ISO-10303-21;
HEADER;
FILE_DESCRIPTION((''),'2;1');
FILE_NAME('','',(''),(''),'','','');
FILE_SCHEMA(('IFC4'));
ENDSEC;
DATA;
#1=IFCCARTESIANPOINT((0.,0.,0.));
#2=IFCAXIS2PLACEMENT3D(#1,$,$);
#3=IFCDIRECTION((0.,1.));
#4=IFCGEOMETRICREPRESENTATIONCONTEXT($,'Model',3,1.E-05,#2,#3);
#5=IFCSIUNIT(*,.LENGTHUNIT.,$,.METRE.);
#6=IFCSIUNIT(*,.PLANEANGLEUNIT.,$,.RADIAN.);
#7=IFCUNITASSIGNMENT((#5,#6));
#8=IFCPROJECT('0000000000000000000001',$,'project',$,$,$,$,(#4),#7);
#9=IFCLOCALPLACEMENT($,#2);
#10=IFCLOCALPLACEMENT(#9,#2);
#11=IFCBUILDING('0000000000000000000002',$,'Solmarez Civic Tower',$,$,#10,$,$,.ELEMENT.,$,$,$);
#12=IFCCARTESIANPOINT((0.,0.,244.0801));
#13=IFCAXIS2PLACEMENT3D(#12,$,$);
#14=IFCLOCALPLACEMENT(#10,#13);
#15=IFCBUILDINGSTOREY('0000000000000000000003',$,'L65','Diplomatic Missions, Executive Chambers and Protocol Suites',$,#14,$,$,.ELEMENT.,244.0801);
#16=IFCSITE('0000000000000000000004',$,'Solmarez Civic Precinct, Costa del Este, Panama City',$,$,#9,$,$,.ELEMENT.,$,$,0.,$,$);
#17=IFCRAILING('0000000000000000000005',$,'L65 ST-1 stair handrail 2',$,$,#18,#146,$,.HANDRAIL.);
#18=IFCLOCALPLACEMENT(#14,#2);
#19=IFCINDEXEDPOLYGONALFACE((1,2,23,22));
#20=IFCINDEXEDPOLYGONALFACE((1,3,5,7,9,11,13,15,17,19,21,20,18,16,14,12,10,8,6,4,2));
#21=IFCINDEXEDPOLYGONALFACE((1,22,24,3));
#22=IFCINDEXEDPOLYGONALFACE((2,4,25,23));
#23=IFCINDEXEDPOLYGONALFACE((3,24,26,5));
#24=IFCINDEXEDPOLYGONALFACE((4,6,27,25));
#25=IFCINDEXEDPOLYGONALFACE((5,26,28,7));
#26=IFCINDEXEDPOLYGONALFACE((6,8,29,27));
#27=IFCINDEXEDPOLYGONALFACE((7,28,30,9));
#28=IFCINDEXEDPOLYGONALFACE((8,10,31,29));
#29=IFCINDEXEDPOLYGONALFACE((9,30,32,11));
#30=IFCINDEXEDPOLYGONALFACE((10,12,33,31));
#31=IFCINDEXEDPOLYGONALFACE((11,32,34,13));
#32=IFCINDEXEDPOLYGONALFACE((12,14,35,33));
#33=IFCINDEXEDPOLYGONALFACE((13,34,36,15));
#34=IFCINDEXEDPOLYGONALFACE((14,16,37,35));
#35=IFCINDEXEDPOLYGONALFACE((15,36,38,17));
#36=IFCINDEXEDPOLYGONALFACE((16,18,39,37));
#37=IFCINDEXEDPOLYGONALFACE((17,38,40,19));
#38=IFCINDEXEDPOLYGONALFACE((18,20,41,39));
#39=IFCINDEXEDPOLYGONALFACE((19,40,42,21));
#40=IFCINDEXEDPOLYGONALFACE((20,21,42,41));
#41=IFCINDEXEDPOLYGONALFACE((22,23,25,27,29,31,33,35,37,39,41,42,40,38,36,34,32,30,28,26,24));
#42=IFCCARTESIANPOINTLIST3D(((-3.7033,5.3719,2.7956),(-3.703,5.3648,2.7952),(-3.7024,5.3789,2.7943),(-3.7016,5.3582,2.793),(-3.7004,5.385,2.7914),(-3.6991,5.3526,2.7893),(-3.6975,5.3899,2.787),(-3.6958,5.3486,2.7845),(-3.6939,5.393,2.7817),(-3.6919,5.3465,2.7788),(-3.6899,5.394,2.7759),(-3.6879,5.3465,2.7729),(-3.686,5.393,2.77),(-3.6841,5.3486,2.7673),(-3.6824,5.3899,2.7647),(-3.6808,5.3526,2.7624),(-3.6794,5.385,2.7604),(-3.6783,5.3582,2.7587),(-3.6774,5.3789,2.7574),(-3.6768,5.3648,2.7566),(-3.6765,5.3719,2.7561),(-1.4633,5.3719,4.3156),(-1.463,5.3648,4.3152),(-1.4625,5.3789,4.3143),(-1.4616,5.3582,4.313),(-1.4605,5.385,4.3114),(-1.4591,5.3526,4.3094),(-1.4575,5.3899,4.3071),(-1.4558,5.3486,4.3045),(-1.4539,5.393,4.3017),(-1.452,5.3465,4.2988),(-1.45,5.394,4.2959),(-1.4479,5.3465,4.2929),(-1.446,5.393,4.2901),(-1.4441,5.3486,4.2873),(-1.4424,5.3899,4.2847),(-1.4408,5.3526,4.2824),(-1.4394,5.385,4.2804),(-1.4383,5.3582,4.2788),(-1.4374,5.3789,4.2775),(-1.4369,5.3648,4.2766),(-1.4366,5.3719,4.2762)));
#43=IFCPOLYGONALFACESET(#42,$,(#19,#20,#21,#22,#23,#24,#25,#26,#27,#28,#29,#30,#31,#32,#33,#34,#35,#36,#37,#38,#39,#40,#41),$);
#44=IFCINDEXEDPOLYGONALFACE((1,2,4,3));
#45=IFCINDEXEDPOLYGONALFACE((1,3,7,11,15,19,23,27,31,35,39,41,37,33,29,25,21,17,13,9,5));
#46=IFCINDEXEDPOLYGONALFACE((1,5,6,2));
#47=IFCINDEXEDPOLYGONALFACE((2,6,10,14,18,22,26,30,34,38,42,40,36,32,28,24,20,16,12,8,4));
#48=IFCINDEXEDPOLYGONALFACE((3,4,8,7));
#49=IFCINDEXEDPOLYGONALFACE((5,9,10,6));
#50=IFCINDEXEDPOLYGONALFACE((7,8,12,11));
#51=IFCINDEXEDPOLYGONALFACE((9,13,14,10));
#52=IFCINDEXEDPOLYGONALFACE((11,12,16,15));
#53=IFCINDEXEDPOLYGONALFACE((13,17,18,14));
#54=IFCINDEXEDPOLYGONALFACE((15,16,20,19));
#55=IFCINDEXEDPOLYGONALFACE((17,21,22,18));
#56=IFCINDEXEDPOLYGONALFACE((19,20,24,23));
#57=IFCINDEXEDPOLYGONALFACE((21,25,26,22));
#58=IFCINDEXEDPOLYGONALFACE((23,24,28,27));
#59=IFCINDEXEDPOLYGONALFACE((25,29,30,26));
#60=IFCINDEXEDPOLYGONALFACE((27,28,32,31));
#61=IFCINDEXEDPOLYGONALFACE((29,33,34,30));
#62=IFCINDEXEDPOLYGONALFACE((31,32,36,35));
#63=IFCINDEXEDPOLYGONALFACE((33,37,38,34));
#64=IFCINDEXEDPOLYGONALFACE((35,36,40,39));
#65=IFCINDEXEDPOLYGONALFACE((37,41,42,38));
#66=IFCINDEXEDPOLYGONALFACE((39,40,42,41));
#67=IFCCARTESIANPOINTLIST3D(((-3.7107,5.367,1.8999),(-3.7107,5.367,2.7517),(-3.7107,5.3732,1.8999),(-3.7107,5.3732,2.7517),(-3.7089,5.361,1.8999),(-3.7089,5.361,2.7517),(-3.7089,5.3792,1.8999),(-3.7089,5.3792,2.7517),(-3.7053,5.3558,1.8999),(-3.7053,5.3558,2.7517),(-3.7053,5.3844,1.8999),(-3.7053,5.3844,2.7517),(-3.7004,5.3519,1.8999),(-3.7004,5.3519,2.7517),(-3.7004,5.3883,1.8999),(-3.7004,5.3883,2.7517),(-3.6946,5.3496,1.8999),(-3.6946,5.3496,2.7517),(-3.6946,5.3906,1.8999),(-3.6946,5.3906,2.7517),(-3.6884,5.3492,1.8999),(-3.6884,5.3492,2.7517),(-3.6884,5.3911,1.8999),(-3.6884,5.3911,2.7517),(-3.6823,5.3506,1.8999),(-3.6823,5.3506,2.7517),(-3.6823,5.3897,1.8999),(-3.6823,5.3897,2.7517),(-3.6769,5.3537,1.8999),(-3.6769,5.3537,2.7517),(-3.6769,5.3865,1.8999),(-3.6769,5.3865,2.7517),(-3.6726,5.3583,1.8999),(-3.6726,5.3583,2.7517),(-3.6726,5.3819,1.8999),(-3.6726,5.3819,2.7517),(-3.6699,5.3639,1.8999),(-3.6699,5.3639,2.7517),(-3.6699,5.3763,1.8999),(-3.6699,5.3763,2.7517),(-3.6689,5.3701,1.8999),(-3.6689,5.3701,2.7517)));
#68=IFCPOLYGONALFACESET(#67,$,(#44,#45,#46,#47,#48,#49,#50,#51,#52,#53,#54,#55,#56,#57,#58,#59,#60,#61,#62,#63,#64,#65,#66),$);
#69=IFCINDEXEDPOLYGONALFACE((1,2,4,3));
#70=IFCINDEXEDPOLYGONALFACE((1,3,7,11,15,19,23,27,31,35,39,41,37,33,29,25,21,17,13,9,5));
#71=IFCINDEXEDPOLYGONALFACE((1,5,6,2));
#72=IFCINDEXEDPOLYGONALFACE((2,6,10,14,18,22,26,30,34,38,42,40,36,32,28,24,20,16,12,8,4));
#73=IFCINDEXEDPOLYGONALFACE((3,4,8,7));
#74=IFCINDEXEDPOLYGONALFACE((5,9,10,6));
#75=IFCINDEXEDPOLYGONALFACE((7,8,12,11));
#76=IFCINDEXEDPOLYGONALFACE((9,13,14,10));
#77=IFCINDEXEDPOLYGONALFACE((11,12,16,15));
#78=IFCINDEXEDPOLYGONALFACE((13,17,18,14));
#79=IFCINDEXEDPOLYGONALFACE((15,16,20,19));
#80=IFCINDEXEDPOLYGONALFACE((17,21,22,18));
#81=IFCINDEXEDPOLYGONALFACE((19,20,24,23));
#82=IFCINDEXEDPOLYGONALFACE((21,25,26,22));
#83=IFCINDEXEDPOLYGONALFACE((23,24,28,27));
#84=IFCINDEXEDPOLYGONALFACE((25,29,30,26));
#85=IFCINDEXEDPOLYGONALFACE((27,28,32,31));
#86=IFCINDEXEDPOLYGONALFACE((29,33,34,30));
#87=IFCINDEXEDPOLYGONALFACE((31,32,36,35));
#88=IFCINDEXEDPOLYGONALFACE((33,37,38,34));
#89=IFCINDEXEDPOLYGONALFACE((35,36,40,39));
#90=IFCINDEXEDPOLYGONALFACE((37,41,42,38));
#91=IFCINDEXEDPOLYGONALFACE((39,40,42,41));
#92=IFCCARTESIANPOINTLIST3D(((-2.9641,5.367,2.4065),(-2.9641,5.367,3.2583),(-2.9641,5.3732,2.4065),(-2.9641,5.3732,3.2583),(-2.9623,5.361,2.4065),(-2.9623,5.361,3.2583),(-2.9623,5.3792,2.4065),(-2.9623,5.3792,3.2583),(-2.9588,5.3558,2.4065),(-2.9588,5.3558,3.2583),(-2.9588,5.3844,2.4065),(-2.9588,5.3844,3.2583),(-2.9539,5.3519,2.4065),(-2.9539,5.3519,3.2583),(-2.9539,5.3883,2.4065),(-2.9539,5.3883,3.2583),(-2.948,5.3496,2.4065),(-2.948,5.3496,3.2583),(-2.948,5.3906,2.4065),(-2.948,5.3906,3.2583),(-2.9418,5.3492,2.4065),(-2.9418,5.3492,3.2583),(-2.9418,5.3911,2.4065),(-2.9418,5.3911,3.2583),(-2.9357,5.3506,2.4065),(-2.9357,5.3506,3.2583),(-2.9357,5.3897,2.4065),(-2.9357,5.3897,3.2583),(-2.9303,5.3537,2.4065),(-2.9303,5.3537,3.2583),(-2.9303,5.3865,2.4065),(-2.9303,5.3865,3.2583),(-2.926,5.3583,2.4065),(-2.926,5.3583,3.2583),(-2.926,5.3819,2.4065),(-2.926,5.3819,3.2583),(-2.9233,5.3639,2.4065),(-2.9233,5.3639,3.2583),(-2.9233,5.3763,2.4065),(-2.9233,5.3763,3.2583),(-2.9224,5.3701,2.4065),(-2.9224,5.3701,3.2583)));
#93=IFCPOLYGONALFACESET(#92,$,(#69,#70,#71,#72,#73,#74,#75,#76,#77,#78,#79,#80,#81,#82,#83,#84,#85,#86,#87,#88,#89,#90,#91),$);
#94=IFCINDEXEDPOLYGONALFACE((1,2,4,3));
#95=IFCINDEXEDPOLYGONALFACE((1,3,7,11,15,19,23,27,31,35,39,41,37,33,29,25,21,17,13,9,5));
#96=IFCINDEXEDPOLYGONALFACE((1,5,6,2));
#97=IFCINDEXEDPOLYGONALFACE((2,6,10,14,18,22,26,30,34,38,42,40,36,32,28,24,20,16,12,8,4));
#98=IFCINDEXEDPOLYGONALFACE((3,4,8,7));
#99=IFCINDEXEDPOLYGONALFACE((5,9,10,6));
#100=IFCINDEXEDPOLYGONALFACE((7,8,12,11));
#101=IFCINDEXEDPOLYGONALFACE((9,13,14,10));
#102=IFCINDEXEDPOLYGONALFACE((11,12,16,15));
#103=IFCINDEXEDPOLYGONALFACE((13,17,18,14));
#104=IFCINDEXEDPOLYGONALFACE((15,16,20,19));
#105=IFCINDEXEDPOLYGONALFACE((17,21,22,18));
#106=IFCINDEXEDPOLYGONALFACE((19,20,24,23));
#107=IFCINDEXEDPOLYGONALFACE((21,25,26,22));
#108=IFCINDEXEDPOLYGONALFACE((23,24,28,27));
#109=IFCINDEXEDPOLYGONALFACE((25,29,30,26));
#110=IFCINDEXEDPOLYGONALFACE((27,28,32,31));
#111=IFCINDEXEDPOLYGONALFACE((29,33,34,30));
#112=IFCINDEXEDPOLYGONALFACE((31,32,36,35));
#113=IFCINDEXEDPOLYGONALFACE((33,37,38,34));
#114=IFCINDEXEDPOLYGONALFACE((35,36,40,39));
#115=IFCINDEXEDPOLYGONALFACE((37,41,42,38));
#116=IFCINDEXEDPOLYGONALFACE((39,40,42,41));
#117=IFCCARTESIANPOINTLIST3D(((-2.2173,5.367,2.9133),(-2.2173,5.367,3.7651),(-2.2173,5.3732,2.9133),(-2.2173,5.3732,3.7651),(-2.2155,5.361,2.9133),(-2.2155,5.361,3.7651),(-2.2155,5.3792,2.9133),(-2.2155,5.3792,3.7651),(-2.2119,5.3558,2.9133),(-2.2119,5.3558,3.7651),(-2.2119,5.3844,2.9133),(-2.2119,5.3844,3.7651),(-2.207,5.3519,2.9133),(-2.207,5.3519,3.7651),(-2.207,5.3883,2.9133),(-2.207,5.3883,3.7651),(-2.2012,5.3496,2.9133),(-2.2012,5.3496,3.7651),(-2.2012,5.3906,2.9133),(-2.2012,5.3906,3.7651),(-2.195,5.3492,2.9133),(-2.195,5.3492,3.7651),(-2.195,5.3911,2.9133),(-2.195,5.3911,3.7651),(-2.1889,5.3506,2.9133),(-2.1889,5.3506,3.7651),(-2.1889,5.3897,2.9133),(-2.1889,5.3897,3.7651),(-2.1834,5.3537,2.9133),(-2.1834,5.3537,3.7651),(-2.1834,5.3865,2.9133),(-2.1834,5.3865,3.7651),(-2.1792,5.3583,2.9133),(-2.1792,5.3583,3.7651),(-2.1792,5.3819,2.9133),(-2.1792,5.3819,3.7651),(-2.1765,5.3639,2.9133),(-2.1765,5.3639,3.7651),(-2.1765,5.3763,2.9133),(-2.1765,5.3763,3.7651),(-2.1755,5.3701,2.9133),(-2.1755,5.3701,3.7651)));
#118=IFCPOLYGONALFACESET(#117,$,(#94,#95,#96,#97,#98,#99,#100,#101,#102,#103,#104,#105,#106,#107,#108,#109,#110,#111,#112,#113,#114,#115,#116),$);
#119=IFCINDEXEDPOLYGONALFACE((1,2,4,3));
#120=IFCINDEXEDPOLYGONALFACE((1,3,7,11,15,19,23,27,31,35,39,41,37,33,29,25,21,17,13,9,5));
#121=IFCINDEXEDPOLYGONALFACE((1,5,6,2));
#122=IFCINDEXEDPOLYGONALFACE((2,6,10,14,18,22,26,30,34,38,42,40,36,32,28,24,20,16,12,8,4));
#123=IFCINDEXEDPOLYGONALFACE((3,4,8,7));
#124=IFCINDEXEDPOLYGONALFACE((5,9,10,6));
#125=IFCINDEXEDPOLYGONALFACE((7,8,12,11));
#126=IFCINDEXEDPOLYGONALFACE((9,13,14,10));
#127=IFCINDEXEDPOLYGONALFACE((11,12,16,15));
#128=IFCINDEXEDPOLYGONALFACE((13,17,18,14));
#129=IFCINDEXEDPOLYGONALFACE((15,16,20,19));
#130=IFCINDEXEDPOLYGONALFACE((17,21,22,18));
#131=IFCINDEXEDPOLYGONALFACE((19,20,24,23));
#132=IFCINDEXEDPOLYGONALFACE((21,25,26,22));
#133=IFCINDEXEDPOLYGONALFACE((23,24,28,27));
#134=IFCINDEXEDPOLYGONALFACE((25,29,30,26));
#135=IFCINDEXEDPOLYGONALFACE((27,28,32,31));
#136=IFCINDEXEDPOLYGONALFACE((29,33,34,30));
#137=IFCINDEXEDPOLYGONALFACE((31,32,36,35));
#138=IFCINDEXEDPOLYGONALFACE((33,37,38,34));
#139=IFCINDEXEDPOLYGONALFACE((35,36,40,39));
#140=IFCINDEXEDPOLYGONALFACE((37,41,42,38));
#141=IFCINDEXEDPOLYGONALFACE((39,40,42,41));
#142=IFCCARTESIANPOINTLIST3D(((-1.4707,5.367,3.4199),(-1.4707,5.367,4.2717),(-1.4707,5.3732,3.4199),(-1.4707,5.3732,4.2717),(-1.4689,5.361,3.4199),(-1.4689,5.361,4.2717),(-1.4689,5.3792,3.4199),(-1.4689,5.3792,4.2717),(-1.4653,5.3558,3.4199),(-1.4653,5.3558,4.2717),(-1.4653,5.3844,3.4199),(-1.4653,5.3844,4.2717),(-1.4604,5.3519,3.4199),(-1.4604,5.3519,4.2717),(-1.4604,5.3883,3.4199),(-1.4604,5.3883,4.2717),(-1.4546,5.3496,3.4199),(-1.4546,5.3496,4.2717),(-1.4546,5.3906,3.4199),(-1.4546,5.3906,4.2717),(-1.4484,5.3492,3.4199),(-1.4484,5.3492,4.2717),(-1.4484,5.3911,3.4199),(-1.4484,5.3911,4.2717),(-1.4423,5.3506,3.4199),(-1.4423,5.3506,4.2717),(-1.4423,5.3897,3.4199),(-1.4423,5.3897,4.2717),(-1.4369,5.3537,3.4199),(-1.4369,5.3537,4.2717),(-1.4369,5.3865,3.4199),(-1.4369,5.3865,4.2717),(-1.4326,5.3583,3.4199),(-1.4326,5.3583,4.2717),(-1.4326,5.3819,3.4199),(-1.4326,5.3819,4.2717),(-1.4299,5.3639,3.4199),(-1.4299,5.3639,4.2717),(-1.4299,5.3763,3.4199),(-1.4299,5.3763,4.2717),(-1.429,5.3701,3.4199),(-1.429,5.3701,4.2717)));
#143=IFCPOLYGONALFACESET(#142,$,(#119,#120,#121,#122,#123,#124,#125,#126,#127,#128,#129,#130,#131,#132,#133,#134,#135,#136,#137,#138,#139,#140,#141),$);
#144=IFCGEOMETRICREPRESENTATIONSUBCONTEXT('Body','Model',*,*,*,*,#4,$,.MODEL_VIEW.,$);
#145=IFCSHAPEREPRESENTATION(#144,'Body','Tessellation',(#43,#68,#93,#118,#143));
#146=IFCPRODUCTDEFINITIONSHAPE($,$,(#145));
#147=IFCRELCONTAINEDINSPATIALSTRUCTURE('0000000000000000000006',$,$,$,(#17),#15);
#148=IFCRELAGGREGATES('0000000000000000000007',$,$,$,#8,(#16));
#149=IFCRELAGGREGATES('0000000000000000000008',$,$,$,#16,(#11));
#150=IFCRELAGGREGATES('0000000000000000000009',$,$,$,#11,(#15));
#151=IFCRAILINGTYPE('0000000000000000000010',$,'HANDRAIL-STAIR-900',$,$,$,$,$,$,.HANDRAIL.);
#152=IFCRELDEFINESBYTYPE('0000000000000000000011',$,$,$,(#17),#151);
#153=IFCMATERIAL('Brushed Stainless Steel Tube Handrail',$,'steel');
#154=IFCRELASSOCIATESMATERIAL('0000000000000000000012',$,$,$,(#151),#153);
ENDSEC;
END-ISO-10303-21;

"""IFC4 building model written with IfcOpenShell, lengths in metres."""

from ifc_helpers import new_model, si_unit, direction, frame, origin, origin_2d, place, context, subcontext, project, spatial, circle, extrude, material, type_object, element, save


model = new_model("IFC4")

# Units and contexts
model_context = context("Model", 3, precision=1e-05, world=origin(), true_north=direction((0.0, 1.0)))
body_context = subcontext(model_context, "Body", "Model", "MODEL_VIEW")
ifc_project = project(units=[si_unit("LENGTHUNIT", "METRE"), si_unit("PLANEANGLEUNIT", "RADIAN")], contexts=[model_context])

# Site, building, storey
site_placement = place(None, origin())
site = spatial("IfcSite", under=ifc_project, at=site_placement, Name="Solmarez Civic Precinct, Costa del Este, Panama City", CompositionType="ELEMENT", RefElevation=0.0)
building_placement = place(site_placement, origin())
building = spatial("IfcBuilding", under=site, at=building_placement, Name="Solmarez Civic Tower", CompositionType="ELEMENT")
storey_placement = place(building_placement, frame((0.0, 0.0, 244.0801)))
storey = spatial("IfcBuildingStorey", under=building, at=storey_placement, Name="L65", Description="Diplomatic Missions, Executive Chambers and Protocol Suites", CompositionType="ELEMENT", Elevation=244.0801)

# Railing
ifc_material_1 = material(Name="Brushed Stainless Steel Tube Handrail", Category="steel")
railing_type_1 = type_object("IfcRailingType", Name="HANDRAIL-STAIR-900", PredefinedType="HANDRAIL", material=ifc_material_1)
railing_1_placement = place(storey_placement, frame((-3.6899, 5.3701, 1.8999)))
element("IfcRailing", 1, at=railing_1_placement, inside=storey, type_object=railing_type_1, Name="L65 ST-1 stair handrail 2", PredefinedType="HANDRAIL", context=body_context, shape_type="SweptSolid", body=[
    extrude(circle(Radius=0.0239, at=origin_2d()), frame((0.0, 0.0, 0.876), z_axis=(0.827471, 0.0, 0.561508), x_axis=(0.0, 1.0, 0.0)), (0.0, 0.0, 1.0), 2.707),
    extrude(circle(Radius=0.021, at=origin_2d()), origin(), (0.0, 0.0, 1.0), 0.8518),
    extrude(circle(Radius=0.021, at=origin_2d()), frame((0.7466, 0.0, 0.5066)), (0.0, 0.0, 1.0), 0.8518),
    extrude(circle(Radius=0.021, at=origin_2d()), frame((1.4934, 0.0, 1.0134)), (0.0, 0.0, 1.0), 0.8518),
    extrude(circle(Radius=0.021, at=origin_2d()), frame((2.24, 0.0, 1.52)), (0.0, 0.0, 1.0), 0.8518),
])

save(model, "model.ifc")
